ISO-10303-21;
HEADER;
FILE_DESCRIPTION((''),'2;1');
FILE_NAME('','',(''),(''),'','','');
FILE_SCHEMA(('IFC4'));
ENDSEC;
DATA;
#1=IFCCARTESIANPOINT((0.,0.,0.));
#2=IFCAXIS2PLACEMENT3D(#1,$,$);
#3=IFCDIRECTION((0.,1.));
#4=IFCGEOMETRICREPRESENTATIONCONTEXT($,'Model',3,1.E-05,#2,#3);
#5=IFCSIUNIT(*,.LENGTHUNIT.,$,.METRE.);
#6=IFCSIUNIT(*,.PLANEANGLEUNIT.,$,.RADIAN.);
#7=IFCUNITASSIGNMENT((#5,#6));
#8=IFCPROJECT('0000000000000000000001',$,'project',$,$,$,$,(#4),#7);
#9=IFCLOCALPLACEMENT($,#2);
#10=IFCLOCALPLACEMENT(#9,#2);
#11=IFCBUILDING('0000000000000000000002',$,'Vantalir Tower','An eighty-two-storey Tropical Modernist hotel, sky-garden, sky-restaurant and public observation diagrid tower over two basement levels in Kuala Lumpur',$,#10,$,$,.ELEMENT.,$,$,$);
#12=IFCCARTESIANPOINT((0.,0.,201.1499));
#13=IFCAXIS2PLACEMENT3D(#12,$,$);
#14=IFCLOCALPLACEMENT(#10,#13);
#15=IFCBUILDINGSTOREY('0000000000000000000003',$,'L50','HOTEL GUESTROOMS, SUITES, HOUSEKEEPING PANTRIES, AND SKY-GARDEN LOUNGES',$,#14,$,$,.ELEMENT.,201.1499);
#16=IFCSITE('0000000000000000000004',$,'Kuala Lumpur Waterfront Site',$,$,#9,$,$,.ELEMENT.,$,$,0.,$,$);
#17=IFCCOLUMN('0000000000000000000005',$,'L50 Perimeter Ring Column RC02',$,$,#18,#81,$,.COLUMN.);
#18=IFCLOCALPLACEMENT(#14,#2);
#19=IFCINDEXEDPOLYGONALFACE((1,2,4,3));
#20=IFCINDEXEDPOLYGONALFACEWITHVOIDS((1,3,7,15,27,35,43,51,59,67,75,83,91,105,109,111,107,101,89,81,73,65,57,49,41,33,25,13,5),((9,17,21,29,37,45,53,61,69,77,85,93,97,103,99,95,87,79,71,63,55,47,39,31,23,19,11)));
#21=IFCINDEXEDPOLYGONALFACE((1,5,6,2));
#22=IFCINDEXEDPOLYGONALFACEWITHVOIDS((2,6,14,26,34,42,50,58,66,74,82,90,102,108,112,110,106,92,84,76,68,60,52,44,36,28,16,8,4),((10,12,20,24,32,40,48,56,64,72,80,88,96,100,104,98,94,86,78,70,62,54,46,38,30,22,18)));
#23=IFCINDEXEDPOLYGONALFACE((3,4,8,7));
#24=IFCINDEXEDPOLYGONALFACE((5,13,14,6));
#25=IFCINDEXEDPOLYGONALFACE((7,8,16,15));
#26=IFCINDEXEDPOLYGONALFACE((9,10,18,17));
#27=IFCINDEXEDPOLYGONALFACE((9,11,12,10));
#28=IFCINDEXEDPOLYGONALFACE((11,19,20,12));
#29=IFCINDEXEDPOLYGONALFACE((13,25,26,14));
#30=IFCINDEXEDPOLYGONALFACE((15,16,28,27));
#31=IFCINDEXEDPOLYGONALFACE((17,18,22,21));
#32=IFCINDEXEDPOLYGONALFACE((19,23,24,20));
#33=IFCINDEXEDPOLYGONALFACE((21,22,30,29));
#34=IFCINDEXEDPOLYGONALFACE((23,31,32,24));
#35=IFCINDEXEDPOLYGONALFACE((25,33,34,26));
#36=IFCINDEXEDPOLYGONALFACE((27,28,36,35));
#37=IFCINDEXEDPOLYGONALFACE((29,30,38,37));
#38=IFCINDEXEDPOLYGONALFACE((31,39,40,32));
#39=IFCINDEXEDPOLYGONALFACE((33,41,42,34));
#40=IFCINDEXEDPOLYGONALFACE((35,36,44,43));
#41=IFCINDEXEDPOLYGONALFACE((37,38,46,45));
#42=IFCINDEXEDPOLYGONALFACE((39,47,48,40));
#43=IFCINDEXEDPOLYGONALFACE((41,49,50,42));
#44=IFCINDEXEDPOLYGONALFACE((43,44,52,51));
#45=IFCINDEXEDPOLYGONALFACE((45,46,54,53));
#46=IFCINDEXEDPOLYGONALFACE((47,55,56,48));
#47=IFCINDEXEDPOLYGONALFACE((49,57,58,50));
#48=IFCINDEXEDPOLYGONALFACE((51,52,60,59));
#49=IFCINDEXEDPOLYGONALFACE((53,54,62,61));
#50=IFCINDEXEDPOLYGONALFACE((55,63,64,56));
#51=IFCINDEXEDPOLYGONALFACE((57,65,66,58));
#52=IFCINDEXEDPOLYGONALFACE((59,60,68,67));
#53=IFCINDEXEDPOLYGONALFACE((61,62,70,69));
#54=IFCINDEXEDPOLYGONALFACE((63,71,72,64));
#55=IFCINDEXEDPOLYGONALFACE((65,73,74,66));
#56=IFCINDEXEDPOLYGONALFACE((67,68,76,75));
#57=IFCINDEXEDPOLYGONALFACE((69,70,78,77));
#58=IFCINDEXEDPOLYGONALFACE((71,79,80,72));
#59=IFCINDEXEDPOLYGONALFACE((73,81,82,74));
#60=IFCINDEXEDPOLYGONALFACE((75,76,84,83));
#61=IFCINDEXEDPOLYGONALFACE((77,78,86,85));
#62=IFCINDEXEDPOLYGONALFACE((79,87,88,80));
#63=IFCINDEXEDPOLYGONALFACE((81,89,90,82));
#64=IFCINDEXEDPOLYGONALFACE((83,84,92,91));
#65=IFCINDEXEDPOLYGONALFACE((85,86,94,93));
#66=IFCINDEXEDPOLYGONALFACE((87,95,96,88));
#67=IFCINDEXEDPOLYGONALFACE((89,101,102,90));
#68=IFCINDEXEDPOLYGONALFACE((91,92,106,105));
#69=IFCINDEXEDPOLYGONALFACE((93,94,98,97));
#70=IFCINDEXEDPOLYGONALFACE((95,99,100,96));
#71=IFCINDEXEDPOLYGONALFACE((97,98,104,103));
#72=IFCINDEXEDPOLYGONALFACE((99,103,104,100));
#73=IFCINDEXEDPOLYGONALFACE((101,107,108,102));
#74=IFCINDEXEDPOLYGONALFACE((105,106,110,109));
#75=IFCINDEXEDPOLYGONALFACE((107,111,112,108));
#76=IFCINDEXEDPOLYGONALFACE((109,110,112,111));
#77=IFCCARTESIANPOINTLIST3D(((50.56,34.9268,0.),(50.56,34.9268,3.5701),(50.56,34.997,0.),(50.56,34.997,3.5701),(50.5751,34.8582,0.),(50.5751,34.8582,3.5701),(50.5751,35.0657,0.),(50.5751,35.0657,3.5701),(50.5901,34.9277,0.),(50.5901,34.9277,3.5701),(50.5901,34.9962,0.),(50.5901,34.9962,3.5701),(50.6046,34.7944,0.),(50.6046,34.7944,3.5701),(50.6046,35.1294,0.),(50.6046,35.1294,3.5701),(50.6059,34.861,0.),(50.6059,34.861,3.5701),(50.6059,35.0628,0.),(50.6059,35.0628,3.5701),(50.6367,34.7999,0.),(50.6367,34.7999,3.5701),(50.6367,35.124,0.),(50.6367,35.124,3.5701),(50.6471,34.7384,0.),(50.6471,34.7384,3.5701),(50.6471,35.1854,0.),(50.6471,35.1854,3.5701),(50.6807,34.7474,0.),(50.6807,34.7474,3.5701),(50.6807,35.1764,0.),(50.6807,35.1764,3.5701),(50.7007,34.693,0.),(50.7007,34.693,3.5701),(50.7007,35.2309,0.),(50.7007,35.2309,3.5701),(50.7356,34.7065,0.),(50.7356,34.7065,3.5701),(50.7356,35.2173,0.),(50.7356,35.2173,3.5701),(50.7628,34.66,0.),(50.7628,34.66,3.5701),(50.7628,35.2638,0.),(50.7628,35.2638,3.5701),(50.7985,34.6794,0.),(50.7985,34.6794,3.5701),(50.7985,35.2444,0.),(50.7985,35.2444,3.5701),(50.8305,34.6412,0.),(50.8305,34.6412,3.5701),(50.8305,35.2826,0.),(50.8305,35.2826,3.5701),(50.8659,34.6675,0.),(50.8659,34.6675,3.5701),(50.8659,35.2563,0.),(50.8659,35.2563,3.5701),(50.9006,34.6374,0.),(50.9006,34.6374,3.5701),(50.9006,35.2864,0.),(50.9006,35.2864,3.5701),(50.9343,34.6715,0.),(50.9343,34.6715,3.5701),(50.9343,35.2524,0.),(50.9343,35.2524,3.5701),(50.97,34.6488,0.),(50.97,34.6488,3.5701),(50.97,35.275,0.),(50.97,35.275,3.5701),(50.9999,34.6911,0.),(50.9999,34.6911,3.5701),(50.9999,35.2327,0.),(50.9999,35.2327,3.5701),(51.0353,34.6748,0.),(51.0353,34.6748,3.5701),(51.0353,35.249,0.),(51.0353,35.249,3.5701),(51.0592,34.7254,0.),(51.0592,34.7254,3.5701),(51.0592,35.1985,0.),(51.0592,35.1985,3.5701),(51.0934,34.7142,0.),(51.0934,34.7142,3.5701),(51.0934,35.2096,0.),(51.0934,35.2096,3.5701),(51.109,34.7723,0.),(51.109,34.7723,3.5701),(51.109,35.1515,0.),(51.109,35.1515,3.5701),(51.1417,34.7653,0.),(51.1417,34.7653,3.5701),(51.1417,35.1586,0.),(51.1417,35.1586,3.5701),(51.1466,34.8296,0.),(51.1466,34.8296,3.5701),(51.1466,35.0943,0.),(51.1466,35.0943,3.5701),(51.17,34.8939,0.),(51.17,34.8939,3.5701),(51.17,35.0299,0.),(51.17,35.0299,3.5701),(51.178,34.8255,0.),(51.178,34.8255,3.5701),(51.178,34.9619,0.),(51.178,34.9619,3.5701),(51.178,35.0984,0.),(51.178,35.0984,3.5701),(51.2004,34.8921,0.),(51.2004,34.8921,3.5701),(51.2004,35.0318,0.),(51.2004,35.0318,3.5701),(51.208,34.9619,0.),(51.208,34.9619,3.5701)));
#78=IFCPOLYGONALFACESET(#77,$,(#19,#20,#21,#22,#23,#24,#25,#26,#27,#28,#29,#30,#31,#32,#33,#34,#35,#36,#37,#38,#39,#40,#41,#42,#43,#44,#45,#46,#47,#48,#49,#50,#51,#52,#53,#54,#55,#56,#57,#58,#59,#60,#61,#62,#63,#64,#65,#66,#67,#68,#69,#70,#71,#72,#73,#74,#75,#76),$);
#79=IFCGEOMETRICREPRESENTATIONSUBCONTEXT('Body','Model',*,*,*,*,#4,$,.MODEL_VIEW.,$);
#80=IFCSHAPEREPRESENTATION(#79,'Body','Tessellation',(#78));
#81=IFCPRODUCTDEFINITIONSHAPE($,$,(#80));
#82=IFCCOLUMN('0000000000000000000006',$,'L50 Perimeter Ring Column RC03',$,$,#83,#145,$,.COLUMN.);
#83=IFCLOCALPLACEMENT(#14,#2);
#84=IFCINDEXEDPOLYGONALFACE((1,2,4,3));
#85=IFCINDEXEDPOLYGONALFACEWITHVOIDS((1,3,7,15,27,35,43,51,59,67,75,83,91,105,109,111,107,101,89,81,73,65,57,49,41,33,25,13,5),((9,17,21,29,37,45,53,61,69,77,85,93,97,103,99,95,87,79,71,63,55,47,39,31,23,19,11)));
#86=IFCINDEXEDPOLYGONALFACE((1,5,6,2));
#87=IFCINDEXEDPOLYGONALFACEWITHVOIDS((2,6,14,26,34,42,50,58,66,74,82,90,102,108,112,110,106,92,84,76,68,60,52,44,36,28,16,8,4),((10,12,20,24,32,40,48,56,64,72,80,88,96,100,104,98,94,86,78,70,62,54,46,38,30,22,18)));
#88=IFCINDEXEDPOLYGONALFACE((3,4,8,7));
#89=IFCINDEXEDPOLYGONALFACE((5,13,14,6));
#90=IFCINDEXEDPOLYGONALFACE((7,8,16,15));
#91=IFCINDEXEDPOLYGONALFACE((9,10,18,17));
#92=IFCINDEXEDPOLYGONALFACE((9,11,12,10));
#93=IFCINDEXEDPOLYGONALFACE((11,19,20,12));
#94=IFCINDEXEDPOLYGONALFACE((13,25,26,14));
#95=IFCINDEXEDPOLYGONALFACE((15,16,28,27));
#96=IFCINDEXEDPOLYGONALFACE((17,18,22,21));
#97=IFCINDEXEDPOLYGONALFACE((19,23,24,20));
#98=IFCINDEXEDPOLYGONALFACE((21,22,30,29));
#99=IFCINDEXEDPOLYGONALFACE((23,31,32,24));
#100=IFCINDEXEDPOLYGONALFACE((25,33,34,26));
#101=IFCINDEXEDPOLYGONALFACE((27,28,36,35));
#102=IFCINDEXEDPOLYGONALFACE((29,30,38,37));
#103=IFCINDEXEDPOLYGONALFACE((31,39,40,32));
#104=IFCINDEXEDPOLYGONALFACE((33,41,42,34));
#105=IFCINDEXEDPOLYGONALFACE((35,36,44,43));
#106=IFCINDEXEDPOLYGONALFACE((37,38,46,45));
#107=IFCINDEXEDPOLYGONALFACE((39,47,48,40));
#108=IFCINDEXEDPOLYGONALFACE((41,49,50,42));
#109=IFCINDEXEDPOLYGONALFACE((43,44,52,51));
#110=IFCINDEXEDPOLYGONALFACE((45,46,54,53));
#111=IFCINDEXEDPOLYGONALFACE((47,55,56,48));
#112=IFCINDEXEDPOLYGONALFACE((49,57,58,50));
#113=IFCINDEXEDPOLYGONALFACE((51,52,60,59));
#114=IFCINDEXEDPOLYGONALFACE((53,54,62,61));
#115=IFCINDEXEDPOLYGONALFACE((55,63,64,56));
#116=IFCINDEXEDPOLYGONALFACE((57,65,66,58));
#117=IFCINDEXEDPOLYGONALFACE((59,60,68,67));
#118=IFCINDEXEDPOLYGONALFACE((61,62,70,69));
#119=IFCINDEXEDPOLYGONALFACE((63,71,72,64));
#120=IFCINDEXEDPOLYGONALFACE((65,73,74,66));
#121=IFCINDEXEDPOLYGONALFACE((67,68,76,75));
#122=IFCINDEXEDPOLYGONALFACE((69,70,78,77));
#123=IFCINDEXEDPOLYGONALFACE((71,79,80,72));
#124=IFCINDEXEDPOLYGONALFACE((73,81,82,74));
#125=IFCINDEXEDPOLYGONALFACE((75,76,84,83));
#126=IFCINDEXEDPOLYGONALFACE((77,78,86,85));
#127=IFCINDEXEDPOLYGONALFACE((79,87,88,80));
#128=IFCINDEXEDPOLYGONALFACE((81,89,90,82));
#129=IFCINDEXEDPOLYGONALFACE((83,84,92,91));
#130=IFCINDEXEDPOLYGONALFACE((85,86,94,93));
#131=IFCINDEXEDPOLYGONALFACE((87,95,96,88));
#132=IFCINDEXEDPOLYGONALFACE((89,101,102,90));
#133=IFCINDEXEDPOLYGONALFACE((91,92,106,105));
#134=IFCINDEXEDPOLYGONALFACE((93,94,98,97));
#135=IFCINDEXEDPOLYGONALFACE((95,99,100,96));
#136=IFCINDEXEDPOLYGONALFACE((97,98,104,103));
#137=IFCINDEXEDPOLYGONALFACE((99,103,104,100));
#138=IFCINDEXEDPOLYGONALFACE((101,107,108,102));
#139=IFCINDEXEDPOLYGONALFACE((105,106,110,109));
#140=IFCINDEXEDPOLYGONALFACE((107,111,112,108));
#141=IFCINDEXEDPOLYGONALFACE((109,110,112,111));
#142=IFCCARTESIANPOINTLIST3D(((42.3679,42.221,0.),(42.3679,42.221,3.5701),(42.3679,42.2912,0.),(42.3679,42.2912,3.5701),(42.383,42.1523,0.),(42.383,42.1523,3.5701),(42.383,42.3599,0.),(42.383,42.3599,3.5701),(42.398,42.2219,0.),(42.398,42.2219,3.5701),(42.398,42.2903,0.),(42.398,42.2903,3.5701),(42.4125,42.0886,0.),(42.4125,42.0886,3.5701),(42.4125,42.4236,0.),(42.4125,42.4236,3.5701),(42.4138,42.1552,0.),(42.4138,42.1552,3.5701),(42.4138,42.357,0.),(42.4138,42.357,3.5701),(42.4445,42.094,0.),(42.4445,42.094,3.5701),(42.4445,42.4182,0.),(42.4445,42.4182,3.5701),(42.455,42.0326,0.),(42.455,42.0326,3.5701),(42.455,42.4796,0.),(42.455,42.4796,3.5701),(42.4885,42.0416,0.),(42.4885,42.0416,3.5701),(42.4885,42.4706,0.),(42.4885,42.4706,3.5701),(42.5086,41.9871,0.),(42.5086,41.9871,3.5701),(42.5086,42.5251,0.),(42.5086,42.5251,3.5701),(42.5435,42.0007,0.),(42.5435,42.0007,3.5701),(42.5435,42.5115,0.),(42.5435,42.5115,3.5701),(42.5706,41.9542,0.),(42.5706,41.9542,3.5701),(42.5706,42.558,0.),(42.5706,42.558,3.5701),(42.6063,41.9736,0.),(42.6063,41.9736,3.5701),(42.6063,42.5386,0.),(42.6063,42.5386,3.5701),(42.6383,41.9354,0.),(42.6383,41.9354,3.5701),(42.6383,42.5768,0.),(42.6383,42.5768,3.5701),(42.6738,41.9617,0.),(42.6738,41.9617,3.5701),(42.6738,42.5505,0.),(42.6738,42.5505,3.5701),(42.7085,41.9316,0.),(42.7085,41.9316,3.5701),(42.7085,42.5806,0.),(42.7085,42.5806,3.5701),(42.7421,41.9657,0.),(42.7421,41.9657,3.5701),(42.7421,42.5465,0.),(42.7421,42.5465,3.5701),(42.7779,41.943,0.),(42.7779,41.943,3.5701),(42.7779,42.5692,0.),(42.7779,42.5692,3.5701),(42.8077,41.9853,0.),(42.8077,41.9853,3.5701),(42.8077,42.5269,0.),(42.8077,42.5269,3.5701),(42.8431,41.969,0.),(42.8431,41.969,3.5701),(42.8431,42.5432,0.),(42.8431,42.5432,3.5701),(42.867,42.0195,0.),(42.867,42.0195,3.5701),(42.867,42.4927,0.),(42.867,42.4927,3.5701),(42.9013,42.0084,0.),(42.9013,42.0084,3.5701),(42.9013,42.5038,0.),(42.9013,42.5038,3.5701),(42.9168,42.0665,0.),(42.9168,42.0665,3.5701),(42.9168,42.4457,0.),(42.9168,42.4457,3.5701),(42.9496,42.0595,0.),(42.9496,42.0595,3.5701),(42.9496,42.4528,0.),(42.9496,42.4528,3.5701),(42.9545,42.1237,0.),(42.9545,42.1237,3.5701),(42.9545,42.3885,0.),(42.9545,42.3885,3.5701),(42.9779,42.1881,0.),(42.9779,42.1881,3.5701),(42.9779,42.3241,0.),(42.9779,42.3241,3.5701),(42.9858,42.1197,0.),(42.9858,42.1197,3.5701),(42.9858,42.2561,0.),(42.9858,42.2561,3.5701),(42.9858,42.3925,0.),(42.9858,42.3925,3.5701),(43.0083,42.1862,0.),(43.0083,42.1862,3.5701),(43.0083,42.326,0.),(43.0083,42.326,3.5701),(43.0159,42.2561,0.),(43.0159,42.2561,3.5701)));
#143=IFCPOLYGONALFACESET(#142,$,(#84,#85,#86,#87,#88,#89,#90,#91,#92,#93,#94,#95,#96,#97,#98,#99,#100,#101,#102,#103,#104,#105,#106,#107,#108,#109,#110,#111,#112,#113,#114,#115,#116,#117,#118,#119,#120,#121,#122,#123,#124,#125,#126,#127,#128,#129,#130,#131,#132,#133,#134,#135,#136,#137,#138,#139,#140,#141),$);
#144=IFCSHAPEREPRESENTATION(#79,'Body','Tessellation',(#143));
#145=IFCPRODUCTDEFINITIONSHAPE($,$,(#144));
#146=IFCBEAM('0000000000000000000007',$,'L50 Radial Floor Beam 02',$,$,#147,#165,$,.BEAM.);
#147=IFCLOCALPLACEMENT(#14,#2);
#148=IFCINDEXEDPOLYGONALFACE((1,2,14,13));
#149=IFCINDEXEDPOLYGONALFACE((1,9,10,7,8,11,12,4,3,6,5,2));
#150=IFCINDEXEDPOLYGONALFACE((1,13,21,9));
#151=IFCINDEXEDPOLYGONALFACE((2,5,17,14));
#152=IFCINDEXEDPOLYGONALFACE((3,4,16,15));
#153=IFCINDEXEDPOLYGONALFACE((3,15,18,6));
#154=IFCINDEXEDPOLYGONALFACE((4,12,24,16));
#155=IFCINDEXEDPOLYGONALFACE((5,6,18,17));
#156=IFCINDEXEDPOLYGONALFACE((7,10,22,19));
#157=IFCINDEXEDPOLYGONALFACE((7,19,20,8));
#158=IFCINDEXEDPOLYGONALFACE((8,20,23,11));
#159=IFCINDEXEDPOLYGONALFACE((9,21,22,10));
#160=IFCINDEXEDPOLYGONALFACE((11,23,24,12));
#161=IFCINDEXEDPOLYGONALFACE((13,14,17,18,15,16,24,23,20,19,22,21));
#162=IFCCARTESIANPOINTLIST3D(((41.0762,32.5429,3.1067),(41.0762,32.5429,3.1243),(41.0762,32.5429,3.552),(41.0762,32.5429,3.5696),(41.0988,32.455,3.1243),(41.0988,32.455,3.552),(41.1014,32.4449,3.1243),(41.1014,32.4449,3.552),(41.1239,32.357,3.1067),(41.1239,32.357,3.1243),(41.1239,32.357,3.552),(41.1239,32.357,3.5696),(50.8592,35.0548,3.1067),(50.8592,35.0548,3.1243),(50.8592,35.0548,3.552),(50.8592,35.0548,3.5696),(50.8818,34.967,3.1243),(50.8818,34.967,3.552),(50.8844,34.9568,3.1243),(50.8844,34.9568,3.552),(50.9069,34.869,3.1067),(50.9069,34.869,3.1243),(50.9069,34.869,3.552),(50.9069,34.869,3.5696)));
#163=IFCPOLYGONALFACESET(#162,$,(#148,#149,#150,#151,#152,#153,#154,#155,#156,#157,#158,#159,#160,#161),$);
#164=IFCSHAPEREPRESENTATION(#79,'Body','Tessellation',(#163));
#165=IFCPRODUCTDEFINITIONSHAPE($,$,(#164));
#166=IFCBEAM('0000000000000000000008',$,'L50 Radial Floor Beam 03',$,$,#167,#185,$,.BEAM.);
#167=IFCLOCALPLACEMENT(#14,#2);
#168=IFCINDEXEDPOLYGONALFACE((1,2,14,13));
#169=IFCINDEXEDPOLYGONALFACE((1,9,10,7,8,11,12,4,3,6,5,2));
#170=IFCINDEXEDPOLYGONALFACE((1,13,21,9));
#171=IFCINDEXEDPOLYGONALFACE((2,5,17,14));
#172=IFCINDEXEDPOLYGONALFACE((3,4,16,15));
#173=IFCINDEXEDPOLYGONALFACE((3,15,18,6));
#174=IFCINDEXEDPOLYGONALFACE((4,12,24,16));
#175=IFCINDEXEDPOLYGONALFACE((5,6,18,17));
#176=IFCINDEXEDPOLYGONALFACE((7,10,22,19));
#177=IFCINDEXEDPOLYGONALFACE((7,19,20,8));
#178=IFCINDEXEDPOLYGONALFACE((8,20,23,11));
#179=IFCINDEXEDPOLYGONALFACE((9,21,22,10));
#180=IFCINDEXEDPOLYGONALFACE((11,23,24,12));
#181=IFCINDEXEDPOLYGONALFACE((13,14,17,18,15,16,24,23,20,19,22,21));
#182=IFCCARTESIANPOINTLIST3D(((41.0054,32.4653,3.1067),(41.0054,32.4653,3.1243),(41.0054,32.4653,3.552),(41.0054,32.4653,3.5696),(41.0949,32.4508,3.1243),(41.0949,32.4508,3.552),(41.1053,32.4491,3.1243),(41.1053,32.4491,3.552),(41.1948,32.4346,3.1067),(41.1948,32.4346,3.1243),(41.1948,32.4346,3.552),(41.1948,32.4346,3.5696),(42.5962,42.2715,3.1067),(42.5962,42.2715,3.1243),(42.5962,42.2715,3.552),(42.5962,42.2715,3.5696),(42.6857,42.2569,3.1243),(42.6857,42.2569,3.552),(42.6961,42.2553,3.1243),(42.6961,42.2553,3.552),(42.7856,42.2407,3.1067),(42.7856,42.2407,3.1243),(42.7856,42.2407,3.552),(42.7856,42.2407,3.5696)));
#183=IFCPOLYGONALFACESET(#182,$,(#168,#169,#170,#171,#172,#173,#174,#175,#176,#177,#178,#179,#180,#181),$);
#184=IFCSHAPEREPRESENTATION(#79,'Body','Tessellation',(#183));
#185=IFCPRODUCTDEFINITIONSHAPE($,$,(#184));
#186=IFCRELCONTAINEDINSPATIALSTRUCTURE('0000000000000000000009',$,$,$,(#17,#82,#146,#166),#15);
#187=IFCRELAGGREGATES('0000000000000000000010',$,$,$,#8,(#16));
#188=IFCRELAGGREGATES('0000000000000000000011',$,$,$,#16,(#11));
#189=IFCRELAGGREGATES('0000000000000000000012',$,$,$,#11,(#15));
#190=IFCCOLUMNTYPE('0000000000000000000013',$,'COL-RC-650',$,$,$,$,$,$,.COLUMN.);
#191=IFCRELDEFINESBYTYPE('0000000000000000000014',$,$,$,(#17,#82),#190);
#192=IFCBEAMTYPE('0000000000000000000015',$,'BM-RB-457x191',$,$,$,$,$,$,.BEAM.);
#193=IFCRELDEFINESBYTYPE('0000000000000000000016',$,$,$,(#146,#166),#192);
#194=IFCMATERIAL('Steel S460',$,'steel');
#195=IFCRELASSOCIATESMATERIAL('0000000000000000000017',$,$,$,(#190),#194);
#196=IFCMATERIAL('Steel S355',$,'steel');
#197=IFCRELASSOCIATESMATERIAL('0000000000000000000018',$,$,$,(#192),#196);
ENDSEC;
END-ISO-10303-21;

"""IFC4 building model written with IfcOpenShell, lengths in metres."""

from ifc_helpers import new_model, si_unit, direction, frame, origin, origin_2d, place, context, subcontext, project, spatial, hollow_circle, i_section, extrude, material, material_profile, profile_set, type_object, element, save


model = new_model("IFC4")

# Units and contexts
model_context = context("Model", 3, precision=1e-05, world=origin(), true_north=direction((0.0, 1.0)))
body_context = subcontext(model_context, "Body", "Model", "MODEL_VIEW")
ifc_project = project(units=[si_unit("LENGTHUNIT", "METRE"), si_unit("PLANEANGLEUNIT", "RADIAN")], contexts=[model_context])

# Site, building, storey
site_placement = place(None, origin())
site = spatial("IfcSite", under=ifc_project, at=site_placement, Name="Kuala Lumpur Waterfront Site", CompositionType="ELEMENT", RefElevation=0.0)
building_placement = place(site_placement, origin())
building = spatial("IfcBuilding", under=site, at=building_placement, Name="Vantalir Tower", Description="An eighty-two-storey Tropical Modernist hotel, sky-garden, sky-restaurant and public observation diagrid tower over two basement levels in Kuala Lumpur", CompositionType="ELEMENT")
storey_placement = place(building_placement, frame((0.0, 0.0, 201.1499)))
storey = spatial("IfcBuildingStorey", under=building, at=storey_placement, Name="L50", Description="HOTEL GUESTROOMS, SUITES, HOUSEKEEPING PANTRIES, AND SKY-GARDEN LOUNGES", CompositionType="ELEMENT", Elevation=201.1499)

# Columns
ifc_material_1 = material(Name="Steel S460", Category="steel")
ifc_material_profile_1 = material_profile(ifc_material_1, hollow_circle(Radius=0.325, WallThickness=0.03, at=origin_2d()), Name="Steel S460")
ifc_profile_set_1 = profile_set([ifc_material_profile_1], Name="Steel S460")
column_type = type_object("IfcColumnType", Name="COL-RC-650", PredefinedType="COLUMN", material=ifc_profile_set_1)
for number, where, z_axis, x_axis, name in (
    (1, (50.8831, 34.9619, 0.0), (0.0, 0.0, 1.0), (1.0, 0.0, 0.0), "L50 Perimeter Ring Column RC02"),
    (2, (42.6909, 42.2561, 0.0), (0.0, 0.0, 1.0), (1.0, 0.0, 0.0), "L50 Perimeter Ring Column RC03"),
):
    element("IfcColumn", number, at=place(storey_placement, frame(where, z_axis=z_axis, x_axis=x_axis)), inside=storey, type_object=column_type, Name=name, PredefinedType="COLUMN", context=body_context, shape_type="SweptSolid", body=[
        extrude(hollow_circle(Radius=0.325, WallThickness=0.03, at=origin_2d()), origin(), (0.0, 0.0, 1.0), 3.5701),
    ])

# Beams
ifc_material_2 = material(Name="Steel S355", Category="steel")
ifc_material_profile_2 = material_profile(ifc_material_2, i_section(OverallWidth=0.1919, OverallDepth=0.4629, WebThickness=0.0105, FlangeThickness=0.0176, at=origin_2d()), Name="Steel S355")
ifc_profile_set_2 = profile_set([ifc_material_profile_2], Name="Steel S355")
beam_type_1 = type_object("IfcBeamType", Name="BM-RB-457x191", PredefinedType="BEAM", material=ifc_profile_set_2)
beam_1_placement = place(storey_placement, frame((50.8831, 34.9619, 3.3381), z_axis=(-0.96858, -0.248702, 0.0), x_axis=(0.248702, -0.96858, 0.0)))
element("IfcBeam", 3, at=beam_1_placement, inside=storey, type_object=beam_type_1, Name="L50 Radial Floor Beam 02", PredefinedType="BEAM", context=body_context, shape_type="SweptSolid", body=[
    extrude(i_section(OverallWidth=0.1919, OverallDepth=0.4629, WebThickness=0.0105, FlangeThickness=0.0176, at=origin_2d()), origin(), (0.0, 0.0, 1.0), 10.1003),
])
beam_2_placement = place(storey_placement, frame((42.6909, 42.2561, 3.3381), z_axis=(-0.160133, -0.987095, 0.0), x_axis=(0.987095, -0.160133, 0.0)))
element("IfcBeam", 4, at=beam_2_placement, inside=storey, type_object=beam_type_1, Name="L50 Radial Floor Beam 03", PredefinedType="BEAM", context=body_context, shape_type="SweptSolid", body=[
    extrude(i_section(OverallWidth=0.1919, OverallDepth=0.4629, WebThickness=0.0105, FlangeThickness=0.0176, at=origin_2d()), origin(), (0.0, 0.0, 1.0), 9.9343),
])

save(model, "model.ifc")
